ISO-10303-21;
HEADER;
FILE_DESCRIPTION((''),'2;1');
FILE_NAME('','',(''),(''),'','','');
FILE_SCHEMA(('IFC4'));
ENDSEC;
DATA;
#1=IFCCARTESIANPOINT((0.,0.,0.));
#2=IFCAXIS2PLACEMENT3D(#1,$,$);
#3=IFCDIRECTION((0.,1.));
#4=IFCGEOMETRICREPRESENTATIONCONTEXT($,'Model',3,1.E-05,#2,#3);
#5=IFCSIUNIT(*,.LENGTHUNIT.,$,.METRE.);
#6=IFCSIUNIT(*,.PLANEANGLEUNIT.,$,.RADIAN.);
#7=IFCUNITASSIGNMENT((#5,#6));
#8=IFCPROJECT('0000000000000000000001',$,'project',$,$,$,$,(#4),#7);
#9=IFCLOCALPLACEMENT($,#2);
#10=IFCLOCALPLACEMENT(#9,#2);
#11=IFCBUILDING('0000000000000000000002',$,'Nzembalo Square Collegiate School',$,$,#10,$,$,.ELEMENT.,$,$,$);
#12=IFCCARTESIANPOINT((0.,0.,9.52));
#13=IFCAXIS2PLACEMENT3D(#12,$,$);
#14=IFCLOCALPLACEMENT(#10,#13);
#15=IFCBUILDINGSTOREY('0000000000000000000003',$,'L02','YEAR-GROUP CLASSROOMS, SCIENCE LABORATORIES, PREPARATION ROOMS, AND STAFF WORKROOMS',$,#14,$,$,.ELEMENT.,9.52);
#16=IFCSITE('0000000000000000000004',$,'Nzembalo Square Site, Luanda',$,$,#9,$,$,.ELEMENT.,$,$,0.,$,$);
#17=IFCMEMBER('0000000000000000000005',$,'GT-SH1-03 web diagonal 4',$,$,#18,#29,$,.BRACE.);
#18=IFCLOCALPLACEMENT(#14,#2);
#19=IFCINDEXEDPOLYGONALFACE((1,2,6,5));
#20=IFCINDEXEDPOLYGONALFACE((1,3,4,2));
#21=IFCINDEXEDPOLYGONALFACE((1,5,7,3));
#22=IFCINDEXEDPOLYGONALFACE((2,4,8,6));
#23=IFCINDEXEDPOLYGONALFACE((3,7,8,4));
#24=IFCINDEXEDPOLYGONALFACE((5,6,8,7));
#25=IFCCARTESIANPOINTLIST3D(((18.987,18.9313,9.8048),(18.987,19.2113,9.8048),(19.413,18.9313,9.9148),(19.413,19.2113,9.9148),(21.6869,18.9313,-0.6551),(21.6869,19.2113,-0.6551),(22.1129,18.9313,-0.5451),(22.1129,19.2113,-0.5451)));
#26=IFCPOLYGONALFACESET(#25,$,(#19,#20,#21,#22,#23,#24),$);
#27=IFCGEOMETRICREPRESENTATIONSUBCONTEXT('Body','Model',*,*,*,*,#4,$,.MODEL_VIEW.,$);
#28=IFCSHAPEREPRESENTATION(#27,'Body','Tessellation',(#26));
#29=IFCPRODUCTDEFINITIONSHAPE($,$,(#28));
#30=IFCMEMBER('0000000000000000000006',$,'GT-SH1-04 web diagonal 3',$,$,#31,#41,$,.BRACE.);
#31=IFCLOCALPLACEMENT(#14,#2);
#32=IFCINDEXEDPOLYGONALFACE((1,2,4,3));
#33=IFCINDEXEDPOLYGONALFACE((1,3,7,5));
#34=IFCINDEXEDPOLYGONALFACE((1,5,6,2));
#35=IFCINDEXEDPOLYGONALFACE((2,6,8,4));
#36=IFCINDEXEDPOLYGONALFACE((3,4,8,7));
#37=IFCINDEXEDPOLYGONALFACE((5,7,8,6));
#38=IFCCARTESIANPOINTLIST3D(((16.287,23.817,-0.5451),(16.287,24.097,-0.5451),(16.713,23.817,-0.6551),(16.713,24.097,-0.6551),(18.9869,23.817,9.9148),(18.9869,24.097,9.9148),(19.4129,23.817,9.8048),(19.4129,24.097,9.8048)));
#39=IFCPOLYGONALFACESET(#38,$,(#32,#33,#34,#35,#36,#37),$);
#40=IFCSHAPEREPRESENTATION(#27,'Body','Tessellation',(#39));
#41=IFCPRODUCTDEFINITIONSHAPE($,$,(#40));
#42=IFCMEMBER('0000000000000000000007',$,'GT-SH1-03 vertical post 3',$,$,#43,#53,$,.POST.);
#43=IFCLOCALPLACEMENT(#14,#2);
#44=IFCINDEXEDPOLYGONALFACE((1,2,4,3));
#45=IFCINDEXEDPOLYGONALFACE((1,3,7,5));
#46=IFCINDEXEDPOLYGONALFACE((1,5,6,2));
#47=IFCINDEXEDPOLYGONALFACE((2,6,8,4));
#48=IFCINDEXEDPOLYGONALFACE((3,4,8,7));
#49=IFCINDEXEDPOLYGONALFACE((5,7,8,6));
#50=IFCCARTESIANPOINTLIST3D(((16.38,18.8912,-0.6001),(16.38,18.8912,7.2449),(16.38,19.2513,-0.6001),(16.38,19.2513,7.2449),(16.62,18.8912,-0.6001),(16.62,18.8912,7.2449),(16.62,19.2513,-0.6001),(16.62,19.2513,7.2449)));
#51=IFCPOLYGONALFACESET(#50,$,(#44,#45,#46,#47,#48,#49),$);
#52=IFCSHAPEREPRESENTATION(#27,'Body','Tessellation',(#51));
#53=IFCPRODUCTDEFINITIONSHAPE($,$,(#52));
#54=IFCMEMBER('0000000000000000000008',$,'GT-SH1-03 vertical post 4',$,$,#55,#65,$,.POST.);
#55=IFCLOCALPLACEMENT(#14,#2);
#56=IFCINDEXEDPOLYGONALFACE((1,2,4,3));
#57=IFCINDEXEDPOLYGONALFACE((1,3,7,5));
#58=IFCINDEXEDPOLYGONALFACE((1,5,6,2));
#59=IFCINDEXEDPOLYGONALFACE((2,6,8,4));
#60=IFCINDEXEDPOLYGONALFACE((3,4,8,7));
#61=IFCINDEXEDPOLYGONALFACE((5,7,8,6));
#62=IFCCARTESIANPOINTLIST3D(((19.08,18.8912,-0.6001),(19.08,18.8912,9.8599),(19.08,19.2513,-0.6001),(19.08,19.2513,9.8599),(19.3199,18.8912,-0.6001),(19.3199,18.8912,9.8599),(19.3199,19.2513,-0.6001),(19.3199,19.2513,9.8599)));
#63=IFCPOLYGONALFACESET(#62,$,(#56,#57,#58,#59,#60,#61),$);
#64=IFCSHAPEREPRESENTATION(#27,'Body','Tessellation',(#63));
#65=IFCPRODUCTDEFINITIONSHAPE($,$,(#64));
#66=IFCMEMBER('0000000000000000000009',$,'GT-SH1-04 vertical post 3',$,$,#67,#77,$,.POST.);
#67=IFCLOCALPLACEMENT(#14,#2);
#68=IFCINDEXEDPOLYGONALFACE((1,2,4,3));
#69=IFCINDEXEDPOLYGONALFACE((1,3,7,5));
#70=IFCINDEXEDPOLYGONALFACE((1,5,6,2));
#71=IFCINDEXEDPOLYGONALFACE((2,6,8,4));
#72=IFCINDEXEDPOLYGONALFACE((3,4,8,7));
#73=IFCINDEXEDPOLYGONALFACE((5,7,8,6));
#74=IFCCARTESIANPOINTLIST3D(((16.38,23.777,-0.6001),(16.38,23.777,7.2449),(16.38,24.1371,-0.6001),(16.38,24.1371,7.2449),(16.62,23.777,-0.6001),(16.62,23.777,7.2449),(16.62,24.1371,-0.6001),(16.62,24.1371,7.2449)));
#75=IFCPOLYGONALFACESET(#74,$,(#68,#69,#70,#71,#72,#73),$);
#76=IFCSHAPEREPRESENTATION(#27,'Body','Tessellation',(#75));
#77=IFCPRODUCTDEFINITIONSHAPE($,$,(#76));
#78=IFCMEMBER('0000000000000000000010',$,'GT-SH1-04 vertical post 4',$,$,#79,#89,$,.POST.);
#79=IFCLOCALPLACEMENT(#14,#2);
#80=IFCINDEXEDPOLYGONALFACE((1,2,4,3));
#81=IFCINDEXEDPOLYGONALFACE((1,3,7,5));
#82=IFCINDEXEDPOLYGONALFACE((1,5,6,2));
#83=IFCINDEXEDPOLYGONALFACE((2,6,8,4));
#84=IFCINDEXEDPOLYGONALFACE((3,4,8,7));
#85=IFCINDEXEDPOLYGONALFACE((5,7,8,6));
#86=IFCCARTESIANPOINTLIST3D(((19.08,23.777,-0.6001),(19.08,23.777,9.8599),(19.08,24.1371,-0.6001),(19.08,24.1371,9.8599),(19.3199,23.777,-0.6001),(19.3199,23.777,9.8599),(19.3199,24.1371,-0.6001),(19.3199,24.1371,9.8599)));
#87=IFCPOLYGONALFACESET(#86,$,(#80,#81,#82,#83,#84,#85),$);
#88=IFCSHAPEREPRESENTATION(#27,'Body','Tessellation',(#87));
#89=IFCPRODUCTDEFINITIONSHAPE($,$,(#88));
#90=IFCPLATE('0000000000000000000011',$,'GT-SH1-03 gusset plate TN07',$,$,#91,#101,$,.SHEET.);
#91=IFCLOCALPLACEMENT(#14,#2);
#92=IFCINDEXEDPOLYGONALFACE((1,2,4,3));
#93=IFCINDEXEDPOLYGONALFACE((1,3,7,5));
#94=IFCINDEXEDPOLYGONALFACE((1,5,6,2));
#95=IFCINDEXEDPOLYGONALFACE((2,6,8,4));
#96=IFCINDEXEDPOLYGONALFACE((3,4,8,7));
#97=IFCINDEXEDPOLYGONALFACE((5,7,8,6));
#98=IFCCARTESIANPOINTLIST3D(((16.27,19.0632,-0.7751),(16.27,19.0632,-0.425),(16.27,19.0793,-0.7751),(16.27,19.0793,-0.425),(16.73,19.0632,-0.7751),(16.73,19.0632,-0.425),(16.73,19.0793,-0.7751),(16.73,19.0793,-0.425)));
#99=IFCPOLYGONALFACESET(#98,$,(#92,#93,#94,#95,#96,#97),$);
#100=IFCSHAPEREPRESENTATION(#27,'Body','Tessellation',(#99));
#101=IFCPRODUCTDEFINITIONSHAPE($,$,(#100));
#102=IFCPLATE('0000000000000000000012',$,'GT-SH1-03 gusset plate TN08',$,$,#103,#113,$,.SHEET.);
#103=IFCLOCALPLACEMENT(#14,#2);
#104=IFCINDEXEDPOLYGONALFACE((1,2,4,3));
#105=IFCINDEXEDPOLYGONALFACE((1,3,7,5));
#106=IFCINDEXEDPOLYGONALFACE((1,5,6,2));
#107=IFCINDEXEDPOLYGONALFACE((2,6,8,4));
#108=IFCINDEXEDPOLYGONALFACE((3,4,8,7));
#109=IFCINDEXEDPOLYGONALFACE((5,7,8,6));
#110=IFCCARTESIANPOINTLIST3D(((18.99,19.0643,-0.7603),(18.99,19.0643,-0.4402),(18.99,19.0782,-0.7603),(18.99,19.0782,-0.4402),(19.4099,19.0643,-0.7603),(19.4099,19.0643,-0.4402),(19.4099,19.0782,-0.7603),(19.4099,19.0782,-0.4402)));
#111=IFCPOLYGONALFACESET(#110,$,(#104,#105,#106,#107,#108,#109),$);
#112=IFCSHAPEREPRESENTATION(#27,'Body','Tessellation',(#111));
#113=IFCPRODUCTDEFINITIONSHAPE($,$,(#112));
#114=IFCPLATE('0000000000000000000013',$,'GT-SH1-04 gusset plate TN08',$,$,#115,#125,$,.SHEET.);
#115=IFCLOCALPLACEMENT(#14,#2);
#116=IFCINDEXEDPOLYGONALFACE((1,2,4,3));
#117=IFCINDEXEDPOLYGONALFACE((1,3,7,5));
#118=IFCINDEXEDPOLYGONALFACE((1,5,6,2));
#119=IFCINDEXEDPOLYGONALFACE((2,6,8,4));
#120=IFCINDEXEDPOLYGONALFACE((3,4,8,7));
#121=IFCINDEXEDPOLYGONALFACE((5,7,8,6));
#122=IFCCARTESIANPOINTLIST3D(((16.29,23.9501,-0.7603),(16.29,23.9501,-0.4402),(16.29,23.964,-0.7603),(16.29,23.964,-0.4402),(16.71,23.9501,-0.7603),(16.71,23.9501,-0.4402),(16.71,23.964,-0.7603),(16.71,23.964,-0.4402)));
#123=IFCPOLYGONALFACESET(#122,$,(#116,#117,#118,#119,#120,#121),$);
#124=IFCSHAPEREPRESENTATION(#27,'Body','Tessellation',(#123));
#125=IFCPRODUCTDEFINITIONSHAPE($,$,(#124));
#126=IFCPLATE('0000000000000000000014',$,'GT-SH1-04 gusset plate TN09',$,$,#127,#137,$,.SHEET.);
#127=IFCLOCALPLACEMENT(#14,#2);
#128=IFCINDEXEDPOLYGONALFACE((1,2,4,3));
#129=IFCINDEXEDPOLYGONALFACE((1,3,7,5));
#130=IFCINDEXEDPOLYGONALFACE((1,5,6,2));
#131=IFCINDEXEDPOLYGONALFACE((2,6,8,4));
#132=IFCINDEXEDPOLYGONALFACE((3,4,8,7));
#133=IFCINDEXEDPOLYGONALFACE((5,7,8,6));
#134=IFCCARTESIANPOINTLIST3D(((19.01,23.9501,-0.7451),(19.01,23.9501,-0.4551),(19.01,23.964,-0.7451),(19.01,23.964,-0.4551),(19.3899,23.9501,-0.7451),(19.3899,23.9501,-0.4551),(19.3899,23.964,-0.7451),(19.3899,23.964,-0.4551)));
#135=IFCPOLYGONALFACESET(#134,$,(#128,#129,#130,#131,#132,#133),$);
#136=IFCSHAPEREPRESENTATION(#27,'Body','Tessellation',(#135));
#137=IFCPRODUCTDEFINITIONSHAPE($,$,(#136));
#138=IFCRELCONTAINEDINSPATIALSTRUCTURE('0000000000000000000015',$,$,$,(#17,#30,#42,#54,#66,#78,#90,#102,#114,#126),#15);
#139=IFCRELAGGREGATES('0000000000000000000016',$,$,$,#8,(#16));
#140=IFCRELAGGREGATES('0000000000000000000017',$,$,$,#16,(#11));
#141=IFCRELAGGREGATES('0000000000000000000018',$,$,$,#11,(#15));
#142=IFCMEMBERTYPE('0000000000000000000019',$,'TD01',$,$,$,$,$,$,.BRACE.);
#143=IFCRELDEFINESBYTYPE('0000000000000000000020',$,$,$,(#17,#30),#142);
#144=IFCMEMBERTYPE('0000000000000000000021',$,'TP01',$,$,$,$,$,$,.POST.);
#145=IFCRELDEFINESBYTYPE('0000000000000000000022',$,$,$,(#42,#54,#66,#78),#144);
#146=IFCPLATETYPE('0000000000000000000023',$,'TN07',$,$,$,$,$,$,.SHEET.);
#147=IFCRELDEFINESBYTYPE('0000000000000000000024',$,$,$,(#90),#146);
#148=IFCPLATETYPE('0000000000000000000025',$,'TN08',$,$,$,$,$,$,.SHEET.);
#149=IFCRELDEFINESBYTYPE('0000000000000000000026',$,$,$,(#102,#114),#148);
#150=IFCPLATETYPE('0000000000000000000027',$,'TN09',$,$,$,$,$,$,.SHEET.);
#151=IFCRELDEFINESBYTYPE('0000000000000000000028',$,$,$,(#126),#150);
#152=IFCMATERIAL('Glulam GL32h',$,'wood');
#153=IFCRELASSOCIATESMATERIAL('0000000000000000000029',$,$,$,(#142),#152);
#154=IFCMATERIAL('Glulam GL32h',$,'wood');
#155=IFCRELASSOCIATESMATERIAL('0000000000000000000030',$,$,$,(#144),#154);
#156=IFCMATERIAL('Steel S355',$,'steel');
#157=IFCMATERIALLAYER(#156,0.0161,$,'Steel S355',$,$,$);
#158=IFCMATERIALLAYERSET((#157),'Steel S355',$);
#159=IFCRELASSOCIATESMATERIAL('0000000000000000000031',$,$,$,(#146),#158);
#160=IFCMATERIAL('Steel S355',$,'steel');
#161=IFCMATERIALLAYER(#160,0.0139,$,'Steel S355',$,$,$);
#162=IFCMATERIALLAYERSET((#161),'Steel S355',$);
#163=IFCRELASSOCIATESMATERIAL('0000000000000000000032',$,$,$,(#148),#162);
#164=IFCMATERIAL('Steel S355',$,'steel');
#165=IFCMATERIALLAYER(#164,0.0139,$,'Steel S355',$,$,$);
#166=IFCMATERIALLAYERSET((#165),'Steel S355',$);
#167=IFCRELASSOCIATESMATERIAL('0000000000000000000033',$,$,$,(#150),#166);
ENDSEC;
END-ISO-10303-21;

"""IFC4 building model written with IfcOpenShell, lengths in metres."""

from ifc_helpers import new_model, si_unit, direction, frame, origin, origin_2d, place, context, subcontext, project, spatial, rectangle, extrude, material, layer, layer_set, material_profile, profile_set, type_object, element, save


model = new_model("IFC4")

# Units and contexts
model_context = context("Model", 3, precision=1e-05, world=origin(), true_north=direction((0.0, 1.0)))
body_context = subcontext(model_context, "Body", "Model", "MODEL_VIEW")
ifc_project = project(units=[si_unit("LENGTHUNIT", "METRE"), si_unit("PLANEANGLEUNIT", "RADIAN")], contexts=[model_context])

# Site, building, storey
site_placement = place(None, origin())
site = spatial("IfcSite", under=ifc_project, at=site_placement, Name="Nzembalo Square Site, Luanda", CompositionType="ELEMENT", RefElevation=0.0)
building_placement = place(site_placement, origin())
building = spatial("IfcBuilding", under=site, at=building_placement, Name="Nzembalo Square Collegiate School", CompositionType="ELEMENT")
storey_placement = place(building_placement, frame((0.0, 0.0, 9.52)))
storey = spatial("IfcBuildingStorey", under=building, at=storey_placement, Name="L02", Description="YEAR-GROUP CLASSROOMS, SCIENCE LABORATORIES, PREPARATION ROOMS, AND STAFF WORKROOMS", CompositionType="ELEMENT", Elevation=9.52)

# Members
ifc_material_1 = material(Name="Glulam GL32h", Category="wood")
ifc_material_profile_1 = material_profile(ifc_material_1, rectangle(XDim=0.28, YDim=0.4399, at=origin_2d()), Name="GL32h 280x440")
ifc_profile_set_1 = profile_set([ifc_material_profile_1], Name="Glulam GL32h")
member_type_1 = type_object("IfcMemberType", Name="TD01", PredefinedType="BRACE", material=ifc_profile_set_1)
for number, where, z_axis, x_axis, name in (
    (1, (21.8999, 19.0713, -0.6001), (-0.249931, 0.0, 0.968264), (0.0, -1.0, 0.0), "GT-SH1-03 web diagonal 4"),
    (2, (16.5, 23.957, -0.6001), (0.249931, 0.0, 0.968264), (0.0, 1.0, 0.0), "GT-SH1-04 web diagonal 3"),
):
    element("IfcMember", number, at=place(storey_placement, frame(where, z_axis=z_axis, x_axis=x_axis)), inside=storey, type_object=member_type_1, Name=name, PredefinedType="BRACE", context=body_context, shape_type="SweptSolid", body=[
        extrude(rectangle(XDim=0.28, YDim=0.4399, at=origin_2d()), origin(), (0.0, 0.0, 1.0), 10.8027),
    ])
ifc_material_2 = material(Name="Glulam GL32h", Category="wood")
ifc_material_profile_2 = material_profile(ifc_material_2, rectangle(XDim=0.24, YDim=0.3601, at=origin_2d()), Name="GL32h 240x360")
ifc_profile_set_2 = profile_set([ifc_material_profile_2], Name="Glulam GL32h")
member_type_2 = type_object("IfcMemberType", Name="TP01", PredefinedType="POST", material=ifc_profile_set_2)
member_1_placement = place(storey_placement, frame((16.5, 19.0713, -0.6001), z_axis=(0.0, 0.0, 1.0), x_axis=(1.0, 0.0, 0.0)))
element("IfcMember", 3, at=member_1_placement, inside=storey, type_object=member_type_2, Name="GT-SH1-03 vertical post 3", PredefinedType="POST", context=body_context, shape_type="SweptSolid", body=[
    extrude(rectangle(XDim=0.24, YDim=0.3601, at=origin_2d()), origin(), (0.0, 0.0, 1.0), 7.845),
])
member_2_placement = place(storey_placement, frame((19.2, 19.0713, -0.6001), z_axis=(0.0, 0.0, 1.0), x_axis=(1.0, 0.0, 0.0)))
element("IfcMember", 4, at=member_2_placement, inside=storey, type_object=member_type_2, Name="GT-SH1-03 vertical post 4", PredefinedType="POST", context=body_context, shape_type="SweptSolid", body=[
    extrude(rectangle(XDim=0.24, YDim=0.3601, at=origin_2d()), origin(), (0.0, 0.0, 1.0), 10.46),
])
member_3_placement = place(storey_placement, frame((16.5, 23.957, -0.6001), z_axis=(0.0, 0.0, 1.0), x_axis=(1.0, 0.0, 0.0)))
element("IfcMember", 5, at=member_3_placement, inside=storey, type_object=member_type_2, Name="GT-SH1-04 vertical post 3", PredefinedType="POST", context=body_context, shape_type="SweptSolid", body=[
    extrude(rectangle(XDim=0.24, YDim=0.3601, at=origin_2d()), origin(), (0.0, 0.0, 1.0), 7.845),
])
member_4_placement = place(storey_placement, frame((19.2, 23.957, -0.6001), z_axis=(0.0, 0.0, 1.0), x_axis=(1.0, 0.0, 0.0)))
element("IfcMember", 6, at=member_4_placement, inside=storey, type_object=member_type_2, Name="GT-SH1-04 vertical post 4", PredefinedType="POST", context=body_context, shape_type="SweptSolid", body=[
    extrude(rectangle(XDim=0.24, YDim=0.3601, at=origin_2d()), origin(), (0.0, 0.0, 1.0), 10.46),
])

# Plates
ifc_material_3 = material(Name="Steel S355", Category="steel")
ifc_layer_1 = layer(ifc_material_3, 0.0161, Name="Steel S355")
ifc_layer_set_1 = layer_set([ifc_layer_1], Name="Steel S355")
plate_type_1 = type_object("IfcPlateType", Name="TN07", PredefinedType="SHEET", material=ifc_layer_set_1)
plate_1_placement = place(storey_placement, frame((16.5, 19.0713, -0.7751), z_axis=(0.0, 0.0, 1.0), x_axis=(1.0, 0.0, 0.0)))
element("IfcPlate", 7, at=plate_1_placement, inside=storey, type_object=plate_type_1, Name="GT-SH1-03 gusset plate TN07", PredefinedType="SHEET", context=body_context, shape_type="SweptSolid", body=[
    extrude(rectangle(XDim=0.46, YDim=0.0161, at=origin_2d()), origin(), (0.0, 0.0, 1.0), 0.3501),
])
ifc_material_4 = material(Name="Steel S355", Category="steel")
ifc_layer_2 = layer(ifc_material_4, 0.0139, Name="Steel S355")
ifc_layer_set_2 = layer_set([ifc_layer_2], Name="Steel S355")
plate_type_2 = type_object("IfcPlateType", Name="TN08", PredefinedType="SHEET", material=ifc_layer_set_2)
for number, where, z_axis, x_axis, name in (
    (8, (19.2, 19.0713, -0.7603), (0.0, 0.0, 1.0), (1.0, 0.0, 0.0), "GT-SH1-03 gusset plate TN08"),
    (9, (16.5, 23.957, -0.7603), (0.0, 0.0, 1.0), (1.0, 0.0, 0.0), "GT-SH1-04 gusset plate TN08"),
):
    element("IfcPlate", number, at=place(storey_placement, frame(where, z_axis=z_axis, x_axis=x_axis)), inside=storey, type_object=plate_type_2, Name=name, PredefinedType="SHEET", context=body_context, shape_type="SweptSolid", body=[
        extrude(rectangle(XDim=0.4199, YDim=0.0139, at=origin_2d()), origin(), (0.0, 0.0, 1.0), 0.3201),
    ])
ifc_material_5 = material(Name="Steel S355", Category="steel")
ifc_layer_3 = layer(ifc_material_5, 0.0139, Name="Steel S355")
ifc_layer_set_3 = layer_set([ifc_layer_3], Name="Steel S355")
plate_type_3 = type_object("IfcPlateType", Name="TN09", PredefinedType="SHEET", material=ifc_layer_set_3)
plate_2_placement = place(storey_placement, frame((19.2, 23.957, -0.7451), z_axis=(0.0, 0.0, 1.0), x_axis=(1.0, 0.0, 0.0)))
element("IfcPlate", 10, at=plate_2_placement, inside=storey, type_object=plate_type_3, Name="GT-SH1-04 gusset plate TN09", PredefinedType="SHEET", context=body_context, shape_type="SweptSolid", body=[
    extrude(rectangle(XDim=0.3799, YDim=0.0139, at=origin_2d()), origin(), (0.0, 0.0, 1.0), 0.29),
])

save(model, "model.ifc")
